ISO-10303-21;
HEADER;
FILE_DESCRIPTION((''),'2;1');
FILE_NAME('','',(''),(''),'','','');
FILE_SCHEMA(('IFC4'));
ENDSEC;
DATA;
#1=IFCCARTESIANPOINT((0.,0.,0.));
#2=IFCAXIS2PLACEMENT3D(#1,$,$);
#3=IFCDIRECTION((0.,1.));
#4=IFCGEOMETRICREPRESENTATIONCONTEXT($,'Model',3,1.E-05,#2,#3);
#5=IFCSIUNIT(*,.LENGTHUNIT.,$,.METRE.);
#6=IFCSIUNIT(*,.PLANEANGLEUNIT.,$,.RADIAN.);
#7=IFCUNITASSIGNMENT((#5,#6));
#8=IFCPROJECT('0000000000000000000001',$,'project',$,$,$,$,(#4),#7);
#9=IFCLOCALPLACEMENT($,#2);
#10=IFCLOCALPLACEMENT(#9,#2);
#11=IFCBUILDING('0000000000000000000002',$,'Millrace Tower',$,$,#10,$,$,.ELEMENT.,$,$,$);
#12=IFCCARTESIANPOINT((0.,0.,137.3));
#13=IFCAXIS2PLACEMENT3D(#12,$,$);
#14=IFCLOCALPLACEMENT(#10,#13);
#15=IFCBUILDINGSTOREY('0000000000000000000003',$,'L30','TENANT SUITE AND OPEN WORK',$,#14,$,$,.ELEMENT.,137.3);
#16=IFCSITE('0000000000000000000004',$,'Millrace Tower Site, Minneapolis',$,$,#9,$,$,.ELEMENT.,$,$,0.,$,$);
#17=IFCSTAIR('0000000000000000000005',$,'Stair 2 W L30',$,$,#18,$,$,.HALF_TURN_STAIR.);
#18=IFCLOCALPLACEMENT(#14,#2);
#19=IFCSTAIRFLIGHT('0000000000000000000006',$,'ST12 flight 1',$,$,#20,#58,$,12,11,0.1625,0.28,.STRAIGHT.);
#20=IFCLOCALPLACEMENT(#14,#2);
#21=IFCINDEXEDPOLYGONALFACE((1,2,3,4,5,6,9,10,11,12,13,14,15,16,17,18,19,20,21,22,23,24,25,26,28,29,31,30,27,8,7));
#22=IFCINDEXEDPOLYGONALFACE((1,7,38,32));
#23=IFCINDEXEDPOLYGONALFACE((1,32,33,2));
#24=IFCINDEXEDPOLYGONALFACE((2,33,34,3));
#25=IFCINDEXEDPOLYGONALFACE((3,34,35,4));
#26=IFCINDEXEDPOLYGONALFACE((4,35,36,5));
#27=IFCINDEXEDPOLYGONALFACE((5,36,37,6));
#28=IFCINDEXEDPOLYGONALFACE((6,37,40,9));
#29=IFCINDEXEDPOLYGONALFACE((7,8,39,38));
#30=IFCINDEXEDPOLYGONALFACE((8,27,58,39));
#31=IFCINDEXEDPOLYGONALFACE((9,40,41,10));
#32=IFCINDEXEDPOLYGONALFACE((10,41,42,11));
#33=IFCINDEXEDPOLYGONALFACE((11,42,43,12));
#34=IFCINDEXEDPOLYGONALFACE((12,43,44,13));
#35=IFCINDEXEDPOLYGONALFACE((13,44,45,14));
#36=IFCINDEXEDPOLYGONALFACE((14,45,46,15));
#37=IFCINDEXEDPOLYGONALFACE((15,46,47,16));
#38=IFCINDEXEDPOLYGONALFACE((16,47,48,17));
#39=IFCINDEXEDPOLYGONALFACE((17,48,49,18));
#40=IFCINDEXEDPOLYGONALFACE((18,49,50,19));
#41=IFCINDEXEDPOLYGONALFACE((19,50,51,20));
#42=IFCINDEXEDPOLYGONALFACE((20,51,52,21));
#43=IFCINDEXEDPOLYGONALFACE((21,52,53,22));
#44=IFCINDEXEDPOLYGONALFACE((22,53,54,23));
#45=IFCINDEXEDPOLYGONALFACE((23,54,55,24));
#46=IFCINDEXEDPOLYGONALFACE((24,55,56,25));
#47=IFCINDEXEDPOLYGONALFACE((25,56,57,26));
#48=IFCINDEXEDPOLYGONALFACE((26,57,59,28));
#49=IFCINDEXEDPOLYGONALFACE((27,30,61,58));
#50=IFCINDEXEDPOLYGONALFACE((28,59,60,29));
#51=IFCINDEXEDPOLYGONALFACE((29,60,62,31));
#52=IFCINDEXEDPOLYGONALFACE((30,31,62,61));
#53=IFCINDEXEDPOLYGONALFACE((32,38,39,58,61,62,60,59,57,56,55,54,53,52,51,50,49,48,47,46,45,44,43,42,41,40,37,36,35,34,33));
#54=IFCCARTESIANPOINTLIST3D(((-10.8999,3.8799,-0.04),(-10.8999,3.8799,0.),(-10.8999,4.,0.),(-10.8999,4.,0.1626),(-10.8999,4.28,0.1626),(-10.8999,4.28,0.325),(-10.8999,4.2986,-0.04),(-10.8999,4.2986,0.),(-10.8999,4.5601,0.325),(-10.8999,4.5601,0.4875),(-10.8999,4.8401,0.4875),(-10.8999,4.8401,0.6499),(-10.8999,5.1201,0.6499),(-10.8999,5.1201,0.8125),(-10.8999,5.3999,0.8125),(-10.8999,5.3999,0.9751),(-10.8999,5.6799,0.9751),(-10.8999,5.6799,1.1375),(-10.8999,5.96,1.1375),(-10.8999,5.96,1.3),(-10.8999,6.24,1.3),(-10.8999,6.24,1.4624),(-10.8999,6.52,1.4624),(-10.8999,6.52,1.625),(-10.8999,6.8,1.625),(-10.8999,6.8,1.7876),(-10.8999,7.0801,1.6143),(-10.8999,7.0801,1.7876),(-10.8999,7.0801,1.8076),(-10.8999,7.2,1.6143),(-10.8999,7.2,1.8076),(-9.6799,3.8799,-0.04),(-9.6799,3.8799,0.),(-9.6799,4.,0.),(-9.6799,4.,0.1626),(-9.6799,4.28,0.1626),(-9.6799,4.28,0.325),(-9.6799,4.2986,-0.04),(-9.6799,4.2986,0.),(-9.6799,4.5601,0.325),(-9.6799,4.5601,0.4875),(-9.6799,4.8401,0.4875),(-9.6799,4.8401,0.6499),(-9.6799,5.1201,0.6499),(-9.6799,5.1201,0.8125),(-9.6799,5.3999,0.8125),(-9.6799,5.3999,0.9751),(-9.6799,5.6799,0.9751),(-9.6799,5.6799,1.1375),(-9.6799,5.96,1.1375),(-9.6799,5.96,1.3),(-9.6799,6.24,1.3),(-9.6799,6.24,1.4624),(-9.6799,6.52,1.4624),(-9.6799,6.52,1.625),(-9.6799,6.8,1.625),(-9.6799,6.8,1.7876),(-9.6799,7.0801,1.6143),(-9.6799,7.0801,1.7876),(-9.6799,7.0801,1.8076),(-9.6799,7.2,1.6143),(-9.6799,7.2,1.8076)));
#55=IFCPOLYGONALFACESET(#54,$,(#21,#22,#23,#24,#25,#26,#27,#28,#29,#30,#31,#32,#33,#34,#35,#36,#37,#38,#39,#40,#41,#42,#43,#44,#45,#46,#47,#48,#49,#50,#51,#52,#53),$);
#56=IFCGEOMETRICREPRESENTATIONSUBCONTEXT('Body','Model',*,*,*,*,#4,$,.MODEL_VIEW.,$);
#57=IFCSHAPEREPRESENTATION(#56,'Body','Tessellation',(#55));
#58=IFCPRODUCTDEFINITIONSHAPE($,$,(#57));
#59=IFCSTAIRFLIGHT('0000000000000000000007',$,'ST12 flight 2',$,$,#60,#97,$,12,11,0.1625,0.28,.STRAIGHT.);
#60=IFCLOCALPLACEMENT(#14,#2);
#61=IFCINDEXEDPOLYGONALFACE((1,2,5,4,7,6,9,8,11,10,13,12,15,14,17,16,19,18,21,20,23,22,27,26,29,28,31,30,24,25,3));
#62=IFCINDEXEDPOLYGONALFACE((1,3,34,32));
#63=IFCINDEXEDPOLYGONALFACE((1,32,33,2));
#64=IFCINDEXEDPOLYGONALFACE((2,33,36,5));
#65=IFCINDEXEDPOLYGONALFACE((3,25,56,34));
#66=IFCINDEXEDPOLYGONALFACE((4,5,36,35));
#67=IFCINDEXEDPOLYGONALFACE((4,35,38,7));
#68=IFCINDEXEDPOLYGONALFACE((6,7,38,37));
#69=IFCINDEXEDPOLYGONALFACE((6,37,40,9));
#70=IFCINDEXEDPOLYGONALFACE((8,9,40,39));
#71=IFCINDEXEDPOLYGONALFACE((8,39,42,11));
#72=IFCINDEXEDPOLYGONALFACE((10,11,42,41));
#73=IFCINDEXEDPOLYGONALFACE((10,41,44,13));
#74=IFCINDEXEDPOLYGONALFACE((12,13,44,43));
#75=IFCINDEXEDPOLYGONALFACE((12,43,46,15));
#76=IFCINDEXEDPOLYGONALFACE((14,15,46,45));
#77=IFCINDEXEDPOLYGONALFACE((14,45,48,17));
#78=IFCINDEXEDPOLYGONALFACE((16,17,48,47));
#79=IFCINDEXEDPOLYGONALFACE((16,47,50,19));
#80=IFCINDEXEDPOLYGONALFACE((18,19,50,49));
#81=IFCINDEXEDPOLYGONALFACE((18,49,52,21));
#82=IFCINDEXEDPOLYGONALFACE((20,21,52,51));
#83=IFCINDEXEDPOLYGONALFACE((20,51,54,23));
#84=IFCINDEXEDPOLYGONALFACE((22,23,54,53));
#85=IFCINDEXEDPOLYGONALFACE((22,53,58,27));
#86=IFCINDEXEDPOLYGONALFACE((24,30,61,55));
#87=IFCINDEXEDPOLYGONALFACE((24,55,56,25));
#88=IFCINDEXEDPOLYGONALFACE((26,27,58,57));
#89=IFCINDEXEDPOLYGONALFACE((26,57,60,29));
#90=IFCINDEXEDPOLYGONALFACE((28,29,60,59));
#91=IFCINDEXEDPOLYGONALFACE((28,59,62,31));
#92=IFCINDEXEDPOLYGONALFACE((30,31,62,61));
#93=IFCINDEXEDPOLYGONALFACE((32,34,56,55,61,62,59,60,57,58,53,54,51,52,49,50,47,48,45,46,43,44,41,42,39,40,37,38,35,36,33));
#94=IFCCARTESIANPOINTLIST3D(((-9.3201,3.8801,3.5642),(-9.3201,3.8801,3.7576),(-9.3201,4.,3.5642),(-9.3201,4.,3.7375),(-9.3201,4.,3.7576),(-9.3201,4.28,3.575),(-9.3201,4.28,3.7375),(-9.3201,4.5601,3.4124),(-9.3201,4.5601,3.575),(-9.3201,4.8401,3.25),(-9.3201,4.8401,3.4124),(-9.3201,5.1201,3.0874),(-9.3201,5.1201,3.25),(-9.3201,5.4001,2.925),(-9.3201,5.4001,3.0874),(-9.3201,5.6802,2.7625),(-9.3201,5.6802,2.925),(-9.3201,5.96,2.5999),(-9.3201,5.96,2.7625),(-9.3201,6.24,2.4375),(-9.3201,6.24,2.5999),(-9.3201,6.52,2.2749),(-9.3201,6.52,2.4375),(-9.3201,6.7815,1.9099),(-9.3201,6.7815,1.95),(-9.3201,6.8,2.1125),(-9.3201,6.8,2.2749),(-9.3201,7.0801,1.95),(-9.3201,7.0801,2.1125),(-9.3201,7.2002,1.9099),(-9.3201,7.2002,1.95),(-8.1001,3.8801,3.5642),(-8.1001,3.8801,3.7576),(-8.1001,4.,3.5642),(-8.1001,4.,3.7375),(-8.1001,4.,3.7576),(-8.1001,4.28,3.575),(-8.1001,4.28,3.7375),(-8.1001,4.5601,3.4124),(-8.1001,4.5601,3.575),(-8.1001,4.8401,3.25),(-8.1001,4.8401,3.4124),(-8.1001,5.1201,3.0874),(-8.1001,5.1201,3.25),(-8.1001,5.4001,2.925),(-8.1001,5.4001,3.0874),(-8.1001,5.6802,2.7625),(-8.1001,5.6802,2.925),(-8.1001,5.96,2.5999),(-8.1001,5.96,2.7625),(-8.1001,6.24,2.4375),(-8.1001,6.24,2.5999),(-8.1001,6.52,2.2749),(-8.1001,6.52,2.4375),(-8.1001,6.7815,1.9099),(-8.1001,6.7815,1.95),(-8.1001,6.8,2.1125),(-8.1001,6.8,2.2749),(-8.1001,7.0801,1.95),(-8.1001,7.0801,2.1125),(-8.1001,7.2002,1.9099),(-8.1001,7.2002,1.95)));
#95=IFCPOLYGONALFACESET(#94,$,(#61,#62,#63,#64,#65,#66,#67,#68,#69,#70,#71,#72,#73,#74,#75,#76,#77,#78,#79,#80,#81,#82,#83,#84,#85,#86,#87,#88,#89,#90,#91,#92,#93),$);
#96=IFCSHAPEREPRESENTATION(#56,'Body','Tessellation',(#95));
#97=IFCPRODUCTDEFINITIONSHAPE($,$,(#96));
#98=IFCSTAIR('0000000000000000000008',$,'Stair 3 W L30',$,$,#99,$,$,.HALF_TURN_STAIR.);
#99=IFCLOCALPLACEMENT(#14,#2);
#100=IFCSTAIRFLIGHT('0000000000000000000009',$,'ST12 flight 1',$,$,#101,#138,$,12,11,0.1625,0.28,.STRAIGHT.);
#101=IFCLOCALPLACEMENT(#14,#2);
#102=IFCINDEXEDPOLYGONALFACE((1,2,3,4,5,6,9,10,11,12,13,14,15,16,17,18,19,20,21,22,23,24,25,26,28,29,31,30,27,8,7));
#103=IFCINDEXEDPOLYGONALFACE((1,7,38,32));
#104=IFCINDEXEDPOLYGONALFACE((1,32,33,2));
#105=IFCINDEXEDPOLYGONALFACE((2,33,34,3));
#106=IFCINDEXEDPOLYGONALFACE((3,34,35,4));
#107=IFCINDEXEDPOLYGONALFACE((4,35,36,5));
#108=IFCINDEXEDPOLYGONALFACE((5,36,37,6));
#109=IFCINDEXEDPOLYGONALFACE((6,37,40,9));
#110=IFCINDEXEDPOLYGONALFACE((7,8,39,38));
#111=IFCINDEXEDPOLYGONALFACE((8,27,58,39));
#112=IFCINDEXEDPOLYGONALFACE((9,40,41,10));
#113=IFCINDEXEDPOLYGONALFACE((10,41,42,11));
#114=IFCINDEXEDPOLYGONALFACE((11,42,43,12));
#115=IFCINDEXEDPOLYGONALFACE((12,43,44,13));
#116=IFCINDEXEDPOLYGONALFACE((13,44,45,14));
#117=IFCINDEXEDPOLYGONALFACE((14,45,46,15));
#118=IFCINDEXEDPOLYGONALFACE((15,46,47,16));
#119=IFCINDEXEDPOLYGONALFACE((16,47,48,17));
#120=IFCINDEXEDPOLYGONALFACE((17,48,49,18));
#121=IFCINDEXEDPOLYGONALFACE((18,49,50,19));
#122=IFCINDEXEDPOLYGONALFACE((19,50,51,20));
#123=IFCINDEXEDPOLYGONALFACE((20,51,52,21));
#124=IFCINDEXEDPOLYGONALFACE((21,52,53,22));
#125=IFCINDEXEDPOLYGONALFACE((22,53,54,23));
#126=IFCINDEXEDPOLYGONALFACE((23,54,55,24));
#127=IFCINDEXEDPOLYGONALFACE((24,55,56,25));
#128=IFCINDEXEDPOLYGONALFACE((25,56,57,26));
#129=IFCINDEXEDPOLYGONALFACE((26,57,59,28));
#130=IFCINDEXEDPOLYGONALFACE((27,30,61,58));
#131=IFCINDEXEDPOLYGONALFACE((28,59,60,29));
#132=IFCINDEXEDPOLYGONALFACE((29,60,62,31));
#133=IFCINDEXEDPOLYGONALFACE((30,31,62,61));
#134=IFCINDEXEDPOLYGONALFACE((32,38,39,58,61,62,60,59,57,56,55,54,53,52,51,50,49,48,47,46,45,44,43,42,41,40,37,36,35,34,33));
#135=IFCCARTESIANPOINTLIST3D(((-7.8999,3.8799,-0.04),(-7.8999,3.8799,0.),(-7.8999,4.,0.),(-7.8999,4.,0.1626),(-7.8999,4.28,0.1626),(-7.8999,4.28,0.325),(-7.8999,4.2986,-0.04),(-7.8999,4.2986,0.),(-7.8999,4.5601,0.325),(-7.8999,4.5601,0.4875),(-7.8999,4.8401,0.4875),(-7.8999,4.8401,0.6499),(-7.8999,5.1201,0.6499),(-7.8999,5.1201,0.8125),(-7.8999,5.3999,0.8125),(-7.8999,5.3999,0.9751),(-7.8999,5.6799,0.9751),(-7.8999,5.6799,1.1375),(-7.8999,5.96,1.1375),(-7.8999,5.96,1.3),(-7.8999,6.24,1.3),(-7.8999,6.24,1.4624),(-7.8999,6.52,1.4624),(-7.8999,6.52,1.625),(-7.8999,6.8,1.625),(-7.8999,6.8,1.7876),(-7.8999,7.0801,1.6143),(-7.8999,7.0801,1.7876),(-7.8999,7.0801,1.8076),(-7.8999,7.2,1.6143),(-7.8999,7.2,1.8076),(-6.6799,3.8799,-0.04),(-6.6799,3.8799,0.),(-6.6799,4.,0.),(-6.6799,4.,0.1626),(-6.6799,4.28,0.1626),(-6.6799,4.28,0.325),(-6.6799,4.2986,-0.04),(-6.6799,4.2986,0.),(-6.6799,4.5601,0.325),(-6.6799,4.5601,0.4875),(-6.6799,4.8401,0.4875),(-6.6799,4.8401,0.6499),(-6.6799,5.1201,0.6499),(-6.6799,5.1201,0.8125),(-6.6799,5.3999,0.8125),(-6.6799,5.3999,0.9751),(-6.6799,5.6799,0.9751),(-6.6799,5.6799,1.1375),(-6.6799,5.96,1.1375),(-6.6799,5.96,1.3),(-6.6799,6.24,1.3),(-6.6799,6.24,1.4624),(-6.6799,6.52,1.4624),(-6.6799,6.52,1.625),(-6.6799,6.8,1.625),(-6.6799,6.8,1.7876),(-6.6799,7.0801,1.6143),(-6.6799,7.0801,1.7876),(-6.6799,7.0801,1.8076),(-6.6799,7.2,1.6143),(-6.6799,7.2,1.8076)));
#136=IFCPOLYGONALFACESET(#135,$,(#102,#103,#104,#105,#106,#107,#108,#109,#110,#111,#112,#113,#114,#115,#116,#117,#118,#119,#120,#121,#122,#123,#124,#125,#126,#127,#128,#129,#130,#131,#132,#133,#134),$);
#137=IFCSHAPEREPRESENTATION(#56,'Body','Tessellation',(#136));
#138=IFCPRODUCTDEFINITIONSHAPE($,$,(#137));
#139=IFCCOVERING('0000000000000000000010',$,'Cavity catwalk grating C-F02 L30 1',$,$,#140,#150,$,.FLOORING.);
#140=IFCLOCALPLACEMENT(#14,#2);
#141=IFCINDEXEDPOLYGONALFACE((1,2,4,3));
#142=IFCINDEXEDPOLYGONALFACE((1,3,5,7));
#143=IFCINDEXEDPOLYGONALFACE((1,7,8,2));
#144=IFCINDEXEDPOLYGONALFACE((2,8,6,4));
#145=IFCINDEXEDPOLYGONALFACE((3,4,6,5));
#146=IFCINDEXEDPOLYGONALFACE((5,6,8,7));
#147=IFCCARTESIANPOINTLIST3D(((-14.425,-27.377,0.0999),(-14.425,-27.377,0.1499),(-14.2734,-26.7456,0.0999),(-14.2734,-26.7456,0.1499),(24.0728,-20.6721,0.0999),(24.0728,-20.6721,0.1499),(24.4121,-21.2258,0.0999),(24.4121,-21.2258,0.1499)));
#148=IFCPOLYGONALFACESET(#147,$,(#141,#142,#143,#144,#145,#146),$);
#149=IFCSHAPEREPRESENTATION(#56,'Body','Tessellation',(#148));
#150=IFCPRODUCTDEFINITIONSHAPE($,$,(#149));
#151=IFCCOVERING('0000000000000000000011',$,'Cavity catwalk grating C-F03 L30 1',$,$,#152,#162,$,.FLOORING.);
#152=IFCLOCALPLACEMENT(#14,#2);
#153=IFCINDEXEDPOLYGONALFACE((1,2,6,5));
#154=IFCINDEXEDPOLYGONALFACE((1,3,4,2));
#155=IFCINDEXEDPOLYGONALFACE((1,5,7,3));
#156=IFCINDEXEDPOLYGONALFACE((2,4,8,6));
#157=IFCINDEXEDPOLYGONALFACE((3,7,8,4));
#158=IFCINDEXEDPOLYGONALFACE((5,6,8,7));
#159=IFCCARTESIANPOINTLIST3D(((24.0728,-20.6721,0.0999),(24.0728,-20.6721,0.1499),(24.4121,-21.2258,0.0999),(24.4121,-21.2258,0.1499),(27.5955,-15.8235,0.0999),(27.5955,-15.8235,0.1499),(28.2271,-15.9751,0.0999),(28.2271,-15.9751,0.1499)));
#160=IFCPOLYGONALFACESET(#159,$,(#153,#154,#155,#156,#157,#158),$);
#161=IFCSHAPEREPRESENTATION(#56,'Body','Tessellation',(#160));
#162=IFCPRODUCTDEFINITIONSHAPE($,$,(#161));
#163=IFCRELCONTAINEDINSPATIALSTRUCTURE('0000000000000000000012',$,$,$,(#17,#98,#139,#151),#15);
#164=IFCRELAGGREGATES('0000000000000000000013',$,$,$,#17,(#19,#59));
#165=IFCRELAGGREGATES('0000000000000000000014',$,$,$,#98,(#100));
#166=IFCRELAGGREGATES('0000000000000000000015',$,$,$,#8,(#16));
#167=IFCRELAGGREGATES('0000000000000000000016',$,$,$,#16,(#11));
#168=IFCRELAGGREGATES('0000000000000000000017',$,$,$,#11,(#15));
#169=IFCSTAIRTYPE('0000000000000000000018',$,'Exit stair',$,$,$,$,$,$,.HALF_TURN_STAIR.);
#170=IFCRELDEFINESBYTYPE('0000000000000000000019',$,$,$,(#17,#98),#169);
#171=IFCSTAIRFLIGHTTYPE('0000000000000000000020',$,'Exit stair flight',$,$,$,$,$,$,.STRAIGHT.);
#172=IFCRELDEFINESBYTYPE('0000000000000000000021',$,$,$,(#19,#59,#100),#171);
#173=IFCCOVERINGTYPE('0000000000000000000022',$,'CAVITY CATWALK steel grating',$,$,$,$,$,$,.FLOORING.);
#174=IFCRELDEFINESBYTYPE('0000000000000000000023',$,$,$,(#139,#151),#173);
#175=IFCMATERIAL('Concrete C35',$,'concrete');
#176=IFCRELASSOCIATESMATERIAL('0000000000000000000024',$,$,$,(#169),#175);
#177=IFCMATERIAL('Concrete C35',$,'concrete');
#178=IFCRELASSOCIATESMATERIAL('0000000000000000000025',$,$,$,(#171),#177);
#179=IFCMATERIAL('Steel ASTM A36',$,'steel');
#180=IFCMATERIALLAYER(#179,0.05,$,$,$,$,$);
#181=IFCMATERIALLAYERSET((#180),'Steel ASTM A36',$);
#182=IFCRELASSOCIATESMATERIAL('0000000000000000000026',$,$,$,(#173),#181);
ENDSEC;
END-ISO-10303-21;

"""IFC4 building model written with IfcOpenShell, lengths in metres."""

from ifc_helpers import new_model, si_unit, direction, frame, origin, place, context, subcontext, project, spatial, polyline, outline, extrude, material, layer, layer_set, type_object, element, aggregate, save


model = new_model("IFC4")

# Units and contexts
model_context = context("Model", 3, precision=1e-05, world=origin(), true_north=direction((0.0, 1.0)))
body_context = subcontext(model_context, "Body", "Model", "MODEL_VIEW")
ifc_project = project(units=[si_unit("LENGTHUNIT", "METRE"), si_unit("PLANEANGLEUNIT", "RADIAN")], contexts=[model_context])

# Site, building, storey
site_placement = place(None, origin())
site = spatial("IfcSite", under=ifc_project, at=site_placement, Name="Millrace Tower Site, Minneapolis", CompositionType="ELEMENT", RefElevation=0.0)
building_placement = place(site_placement, origin())
building = spatial("IfcBuilding", under=site, at=building_placement, Name="Millrace Tower", CompositionType="ELEMENT")
storey_placement = place(building_placement, frame((0.0, 0.0, 137.3)))
storey = spatial("IfcBuildingStorey", under=building, at=storey_placement, Name="L30", Description="TENANT SUITE AND OPEN WORK", CompositionType="ELEMENT", Elevation=137.3)

# Shared definitions
placement_1 = place(storey_placement, origin())

# Shared definitions
ifc_material_1 = material(Name="Concrete C35", Category="concrete")
stair_type = type_object("IfcStairType", Name="Exit stair", PredefinedType="HALF_TURN_STAIR", material=ifc_material_1)
ifc_material_2 = material(Name="Concrete C35", Category="concrete")
stair_flight_type = type_object("IfcStairFlightType", Name="Exit stair flight", PredefinedType="STRAIGHT", material=ifc_material_2)

# Stair, stair flights
stair_1 = element("IfcStair", 1, at=placement_1, inside=storey, type_object=stair_type, Name="Stair 2 W L30", PredefinedType="HALF_TURN_STAIR")
stair_flight_1_placement = place(storey_placement, frame((-10.29, 4.0, 0.0), z_axis=(0.0, 0.0, 1.0), x_axis=(0.0, 1.0, 0.0)))
stair_flight_1 = element("IfcStairFlight", 2, at=stair_flight_1_placement, type_object=stair_flight_type, Name="ST12 flight 1", NumberOfRisers=12, NumberOfTreads=11, PredefinedType="STRAIGHT", RiserHeight=0.1625, TreadLength=0.28, context=body_context, shape_type="SweptSolid", body=[
    extrude(outline(polyline([(-0.1201, -0.04), (-0.1201, 0.0), (0.0, 0.0), (0.0, 0.1626), (0.28, 0.1626), (0.28, 0.325), (0.5601, 0.325), (0.5601, 0.4875), (0.8401, 0.4875), (0.8401, 0.6499), (1.1201, 0.6499), (1.1201, 0.8125), (1.3999, 0.8125), (1.3999, 0.9751), (1.6799, 0.9751), (1.6799, 1.1375), (1.96, 1.1375), (1.96, 1.3), (2.24, 1.3), (2.24, 1.4624), (2.52, 1.4624), (2.52, 1.625), (2.8, 1.625), (2.8, 1.7876), (3.0801, 1.7876), (3.0801, 1.8076), (3.2, 1.8076), (3.2, 1.6143), (3.0801, 1.6143), (0.2986, 0.0), (0.2986, -0.04), (-0.1201, -0.04)])), frame((0.0, 0.6099, 0.0), z_axis=(0.0, -1.0, 0.0), x_axis=(1.0, 0.0, 0.0)), (0.0, 0.0, 1.0), 1.22),
])
stair_flight_2_placement = place(storey_placement, frame((-8.71, 7.0801, 1.95), z_axis=(0.0, 0.0, 1.0), x_axis=(0.0, -1.0, 0.0)))
stair_flight_2 = element("IfcStairFlight", 3, at=stair_flight_2_placement, type_object=stair_flight_type, Name="ST12 flight 2", NumberOfRisers=12, NumberOfTreads=11, PredefinedType="STRAIGHT", RiserHeight=0.1625, TreadLength=0.28, context=body_context, shape_type="SweptSolid", body=[
    extrude(outline(polyline([(-0.1201, -0.04), (-0.1201, 0.0), (0.0, 0.0), (0.0, 0.1626), (0.28, 0.1626), (0.28, 0.325), (0.5601, 0.325), (0.5601, 0.4875), (0.8401, 0.4875), (0.8401, 0.6499), (1.1201, 0.6499), (1.1201, 0.8125), (1.3999, 0.8125), (1.3999, 0.9751), (1.6799, 0.9751), (1.6799, 1.1375), (1.96, 1.1375), (1.96, 1.3), (2.24, 1.3), (2.24, 1.4624), (2.52, 1.4624), (2.52, 1.625), (2.8, 1.625), (2.8, 1.7876), (3.0801, 1.7876), (3.0801, 1.8076), (3.2, 1.8076), (3.2, 1.6143), (3.0801, 1.6143), (0.2986, 0.0), (0.2986, -0.04), (-0.1201, -0.04)])), frame((0.0, 0.6099, 0.0), z_axis=(0.0, -1.0, 0.0), x_axis=(1.0, 0.0, 0.0)), (0.0, 0.0, 1.0), 1.22),
])
aggregate(stair_1, [stair_flight_1, stair_flight_2])

# Stair, stair flight
stair_2 = element("IfcStair", 4, at=placement_1, inside=storey, type_object=stair_type, Name="Stair 3 W L30", PredefinedType="HALF_TURN_STAIR")
stair_flight_3_placement = place(storey_placement, frame((-7.29, 4.0, 0.0), z_axis=(0.0, 0.0, 1.0), x_axis=(0.0, 1.0, 0.0)))
stair_flight_3 = element("IfcStairFlight", 5, at=stair_flight_3_placement, type_object=stair_flight_type, Name="ST12 flight 1", NumberOfRisers=12, NumberOfTreads=11, PredefinedType="STRAIGHT", RiserHeight=0.1625, TreadLength=0.28, context=body_context, shape_type="SweptSolid", body=[
    extrude(outline(polyline([(-0.1201, -0.04), (-0.1201, 0.0), (0.0, 0.0), (0.0, 0.1626), (0.28, 0.1626), (0.28, 0.325), (0.5601, 0.325), (0.5601, 0.4875), (0.8401, 0.4875), (0.8401, 0.6499), (1.1201, 0.6499), (1.1201, 0.8125), (1.3999, 0.8125), (1.3999, 0.9751), (1.6799, 0.9751), (1.6799, 1.1375), (1.96, 1.1375), (1.96, 1.3), (2.24, 1.3), (2.24, 1.4624), (2.52, 1.4624), (2.52, 1.625), (2.8, 1.625), (2.8, 1.7876), (3.0801, 1.7876), (3.0801, 1.8076), (3.2, 1.8076), (3.2, 1.6143), (3.0801, 1.6143), (0.2986, 0.0), (0.2986, -0.04), (-0.1201, -0.04)])), frame((0.0, 0.6099, 0.0), z_axis=(0.0, -1.0, 0.0), x_axis=(1.0, 0.0, 0.0)), (0.0, 0.0, 1.0), 1.22),
])
aggregate(stair_2, [stair_flight_3])

# Coverings
ifc_material_3 = material(Name="Steel ASTM A36", Category="steel")
ifc_layer_1 = layer(ifc_material_3, 0.05)
ifc_layer_set_1 = layer_set([ifc_layer_1], Name="Steel ASTM A36")
covering_type = type_object("IfcCoveringType", Name="CAVITY CATWALK steel grating", PredefinedType="FLOORING", material=ifc_layer_set_1)
placement_2 = place(storey_placement, frame((0.0, 0.0, 0.0999)))
element("IfcCovering", 6, at=placement_2, inside=storey, type_object=covering_type, Name="Cavity catwalk grating C-F02 L30 1", PredefinedType="FLOORING", context=body_context, shape_type="SweptSolid", body=[
    extrude(outline(polyline([(-14.425, -27.377), (24.4121, -21.2258), (24.0728, -20.6721), (-14.2734, -26.7456), (-14.425, -27.377)])), origin(), (0.0, 0.0, 1.0), 0.05),
])
element("IfcCovering", 7, at=placement_2, inside=storey, type_object=covering_type, Name="Cavity catwalk grating C-F03 L30 1", PredefinedType="FLOORING", context=body_context, shape_type="SweptSolid", body=[
    extrude(outline(polyline([(24.4121, -21.2258), (28.2271, -15.9751), (27.5955, -15.8235), (24.0728, -20.6721), (24.4121, -21.2258)])), origin(), (0.0, 0.0, 1.0), 0.05),
])

save(model, "model.ifc")
